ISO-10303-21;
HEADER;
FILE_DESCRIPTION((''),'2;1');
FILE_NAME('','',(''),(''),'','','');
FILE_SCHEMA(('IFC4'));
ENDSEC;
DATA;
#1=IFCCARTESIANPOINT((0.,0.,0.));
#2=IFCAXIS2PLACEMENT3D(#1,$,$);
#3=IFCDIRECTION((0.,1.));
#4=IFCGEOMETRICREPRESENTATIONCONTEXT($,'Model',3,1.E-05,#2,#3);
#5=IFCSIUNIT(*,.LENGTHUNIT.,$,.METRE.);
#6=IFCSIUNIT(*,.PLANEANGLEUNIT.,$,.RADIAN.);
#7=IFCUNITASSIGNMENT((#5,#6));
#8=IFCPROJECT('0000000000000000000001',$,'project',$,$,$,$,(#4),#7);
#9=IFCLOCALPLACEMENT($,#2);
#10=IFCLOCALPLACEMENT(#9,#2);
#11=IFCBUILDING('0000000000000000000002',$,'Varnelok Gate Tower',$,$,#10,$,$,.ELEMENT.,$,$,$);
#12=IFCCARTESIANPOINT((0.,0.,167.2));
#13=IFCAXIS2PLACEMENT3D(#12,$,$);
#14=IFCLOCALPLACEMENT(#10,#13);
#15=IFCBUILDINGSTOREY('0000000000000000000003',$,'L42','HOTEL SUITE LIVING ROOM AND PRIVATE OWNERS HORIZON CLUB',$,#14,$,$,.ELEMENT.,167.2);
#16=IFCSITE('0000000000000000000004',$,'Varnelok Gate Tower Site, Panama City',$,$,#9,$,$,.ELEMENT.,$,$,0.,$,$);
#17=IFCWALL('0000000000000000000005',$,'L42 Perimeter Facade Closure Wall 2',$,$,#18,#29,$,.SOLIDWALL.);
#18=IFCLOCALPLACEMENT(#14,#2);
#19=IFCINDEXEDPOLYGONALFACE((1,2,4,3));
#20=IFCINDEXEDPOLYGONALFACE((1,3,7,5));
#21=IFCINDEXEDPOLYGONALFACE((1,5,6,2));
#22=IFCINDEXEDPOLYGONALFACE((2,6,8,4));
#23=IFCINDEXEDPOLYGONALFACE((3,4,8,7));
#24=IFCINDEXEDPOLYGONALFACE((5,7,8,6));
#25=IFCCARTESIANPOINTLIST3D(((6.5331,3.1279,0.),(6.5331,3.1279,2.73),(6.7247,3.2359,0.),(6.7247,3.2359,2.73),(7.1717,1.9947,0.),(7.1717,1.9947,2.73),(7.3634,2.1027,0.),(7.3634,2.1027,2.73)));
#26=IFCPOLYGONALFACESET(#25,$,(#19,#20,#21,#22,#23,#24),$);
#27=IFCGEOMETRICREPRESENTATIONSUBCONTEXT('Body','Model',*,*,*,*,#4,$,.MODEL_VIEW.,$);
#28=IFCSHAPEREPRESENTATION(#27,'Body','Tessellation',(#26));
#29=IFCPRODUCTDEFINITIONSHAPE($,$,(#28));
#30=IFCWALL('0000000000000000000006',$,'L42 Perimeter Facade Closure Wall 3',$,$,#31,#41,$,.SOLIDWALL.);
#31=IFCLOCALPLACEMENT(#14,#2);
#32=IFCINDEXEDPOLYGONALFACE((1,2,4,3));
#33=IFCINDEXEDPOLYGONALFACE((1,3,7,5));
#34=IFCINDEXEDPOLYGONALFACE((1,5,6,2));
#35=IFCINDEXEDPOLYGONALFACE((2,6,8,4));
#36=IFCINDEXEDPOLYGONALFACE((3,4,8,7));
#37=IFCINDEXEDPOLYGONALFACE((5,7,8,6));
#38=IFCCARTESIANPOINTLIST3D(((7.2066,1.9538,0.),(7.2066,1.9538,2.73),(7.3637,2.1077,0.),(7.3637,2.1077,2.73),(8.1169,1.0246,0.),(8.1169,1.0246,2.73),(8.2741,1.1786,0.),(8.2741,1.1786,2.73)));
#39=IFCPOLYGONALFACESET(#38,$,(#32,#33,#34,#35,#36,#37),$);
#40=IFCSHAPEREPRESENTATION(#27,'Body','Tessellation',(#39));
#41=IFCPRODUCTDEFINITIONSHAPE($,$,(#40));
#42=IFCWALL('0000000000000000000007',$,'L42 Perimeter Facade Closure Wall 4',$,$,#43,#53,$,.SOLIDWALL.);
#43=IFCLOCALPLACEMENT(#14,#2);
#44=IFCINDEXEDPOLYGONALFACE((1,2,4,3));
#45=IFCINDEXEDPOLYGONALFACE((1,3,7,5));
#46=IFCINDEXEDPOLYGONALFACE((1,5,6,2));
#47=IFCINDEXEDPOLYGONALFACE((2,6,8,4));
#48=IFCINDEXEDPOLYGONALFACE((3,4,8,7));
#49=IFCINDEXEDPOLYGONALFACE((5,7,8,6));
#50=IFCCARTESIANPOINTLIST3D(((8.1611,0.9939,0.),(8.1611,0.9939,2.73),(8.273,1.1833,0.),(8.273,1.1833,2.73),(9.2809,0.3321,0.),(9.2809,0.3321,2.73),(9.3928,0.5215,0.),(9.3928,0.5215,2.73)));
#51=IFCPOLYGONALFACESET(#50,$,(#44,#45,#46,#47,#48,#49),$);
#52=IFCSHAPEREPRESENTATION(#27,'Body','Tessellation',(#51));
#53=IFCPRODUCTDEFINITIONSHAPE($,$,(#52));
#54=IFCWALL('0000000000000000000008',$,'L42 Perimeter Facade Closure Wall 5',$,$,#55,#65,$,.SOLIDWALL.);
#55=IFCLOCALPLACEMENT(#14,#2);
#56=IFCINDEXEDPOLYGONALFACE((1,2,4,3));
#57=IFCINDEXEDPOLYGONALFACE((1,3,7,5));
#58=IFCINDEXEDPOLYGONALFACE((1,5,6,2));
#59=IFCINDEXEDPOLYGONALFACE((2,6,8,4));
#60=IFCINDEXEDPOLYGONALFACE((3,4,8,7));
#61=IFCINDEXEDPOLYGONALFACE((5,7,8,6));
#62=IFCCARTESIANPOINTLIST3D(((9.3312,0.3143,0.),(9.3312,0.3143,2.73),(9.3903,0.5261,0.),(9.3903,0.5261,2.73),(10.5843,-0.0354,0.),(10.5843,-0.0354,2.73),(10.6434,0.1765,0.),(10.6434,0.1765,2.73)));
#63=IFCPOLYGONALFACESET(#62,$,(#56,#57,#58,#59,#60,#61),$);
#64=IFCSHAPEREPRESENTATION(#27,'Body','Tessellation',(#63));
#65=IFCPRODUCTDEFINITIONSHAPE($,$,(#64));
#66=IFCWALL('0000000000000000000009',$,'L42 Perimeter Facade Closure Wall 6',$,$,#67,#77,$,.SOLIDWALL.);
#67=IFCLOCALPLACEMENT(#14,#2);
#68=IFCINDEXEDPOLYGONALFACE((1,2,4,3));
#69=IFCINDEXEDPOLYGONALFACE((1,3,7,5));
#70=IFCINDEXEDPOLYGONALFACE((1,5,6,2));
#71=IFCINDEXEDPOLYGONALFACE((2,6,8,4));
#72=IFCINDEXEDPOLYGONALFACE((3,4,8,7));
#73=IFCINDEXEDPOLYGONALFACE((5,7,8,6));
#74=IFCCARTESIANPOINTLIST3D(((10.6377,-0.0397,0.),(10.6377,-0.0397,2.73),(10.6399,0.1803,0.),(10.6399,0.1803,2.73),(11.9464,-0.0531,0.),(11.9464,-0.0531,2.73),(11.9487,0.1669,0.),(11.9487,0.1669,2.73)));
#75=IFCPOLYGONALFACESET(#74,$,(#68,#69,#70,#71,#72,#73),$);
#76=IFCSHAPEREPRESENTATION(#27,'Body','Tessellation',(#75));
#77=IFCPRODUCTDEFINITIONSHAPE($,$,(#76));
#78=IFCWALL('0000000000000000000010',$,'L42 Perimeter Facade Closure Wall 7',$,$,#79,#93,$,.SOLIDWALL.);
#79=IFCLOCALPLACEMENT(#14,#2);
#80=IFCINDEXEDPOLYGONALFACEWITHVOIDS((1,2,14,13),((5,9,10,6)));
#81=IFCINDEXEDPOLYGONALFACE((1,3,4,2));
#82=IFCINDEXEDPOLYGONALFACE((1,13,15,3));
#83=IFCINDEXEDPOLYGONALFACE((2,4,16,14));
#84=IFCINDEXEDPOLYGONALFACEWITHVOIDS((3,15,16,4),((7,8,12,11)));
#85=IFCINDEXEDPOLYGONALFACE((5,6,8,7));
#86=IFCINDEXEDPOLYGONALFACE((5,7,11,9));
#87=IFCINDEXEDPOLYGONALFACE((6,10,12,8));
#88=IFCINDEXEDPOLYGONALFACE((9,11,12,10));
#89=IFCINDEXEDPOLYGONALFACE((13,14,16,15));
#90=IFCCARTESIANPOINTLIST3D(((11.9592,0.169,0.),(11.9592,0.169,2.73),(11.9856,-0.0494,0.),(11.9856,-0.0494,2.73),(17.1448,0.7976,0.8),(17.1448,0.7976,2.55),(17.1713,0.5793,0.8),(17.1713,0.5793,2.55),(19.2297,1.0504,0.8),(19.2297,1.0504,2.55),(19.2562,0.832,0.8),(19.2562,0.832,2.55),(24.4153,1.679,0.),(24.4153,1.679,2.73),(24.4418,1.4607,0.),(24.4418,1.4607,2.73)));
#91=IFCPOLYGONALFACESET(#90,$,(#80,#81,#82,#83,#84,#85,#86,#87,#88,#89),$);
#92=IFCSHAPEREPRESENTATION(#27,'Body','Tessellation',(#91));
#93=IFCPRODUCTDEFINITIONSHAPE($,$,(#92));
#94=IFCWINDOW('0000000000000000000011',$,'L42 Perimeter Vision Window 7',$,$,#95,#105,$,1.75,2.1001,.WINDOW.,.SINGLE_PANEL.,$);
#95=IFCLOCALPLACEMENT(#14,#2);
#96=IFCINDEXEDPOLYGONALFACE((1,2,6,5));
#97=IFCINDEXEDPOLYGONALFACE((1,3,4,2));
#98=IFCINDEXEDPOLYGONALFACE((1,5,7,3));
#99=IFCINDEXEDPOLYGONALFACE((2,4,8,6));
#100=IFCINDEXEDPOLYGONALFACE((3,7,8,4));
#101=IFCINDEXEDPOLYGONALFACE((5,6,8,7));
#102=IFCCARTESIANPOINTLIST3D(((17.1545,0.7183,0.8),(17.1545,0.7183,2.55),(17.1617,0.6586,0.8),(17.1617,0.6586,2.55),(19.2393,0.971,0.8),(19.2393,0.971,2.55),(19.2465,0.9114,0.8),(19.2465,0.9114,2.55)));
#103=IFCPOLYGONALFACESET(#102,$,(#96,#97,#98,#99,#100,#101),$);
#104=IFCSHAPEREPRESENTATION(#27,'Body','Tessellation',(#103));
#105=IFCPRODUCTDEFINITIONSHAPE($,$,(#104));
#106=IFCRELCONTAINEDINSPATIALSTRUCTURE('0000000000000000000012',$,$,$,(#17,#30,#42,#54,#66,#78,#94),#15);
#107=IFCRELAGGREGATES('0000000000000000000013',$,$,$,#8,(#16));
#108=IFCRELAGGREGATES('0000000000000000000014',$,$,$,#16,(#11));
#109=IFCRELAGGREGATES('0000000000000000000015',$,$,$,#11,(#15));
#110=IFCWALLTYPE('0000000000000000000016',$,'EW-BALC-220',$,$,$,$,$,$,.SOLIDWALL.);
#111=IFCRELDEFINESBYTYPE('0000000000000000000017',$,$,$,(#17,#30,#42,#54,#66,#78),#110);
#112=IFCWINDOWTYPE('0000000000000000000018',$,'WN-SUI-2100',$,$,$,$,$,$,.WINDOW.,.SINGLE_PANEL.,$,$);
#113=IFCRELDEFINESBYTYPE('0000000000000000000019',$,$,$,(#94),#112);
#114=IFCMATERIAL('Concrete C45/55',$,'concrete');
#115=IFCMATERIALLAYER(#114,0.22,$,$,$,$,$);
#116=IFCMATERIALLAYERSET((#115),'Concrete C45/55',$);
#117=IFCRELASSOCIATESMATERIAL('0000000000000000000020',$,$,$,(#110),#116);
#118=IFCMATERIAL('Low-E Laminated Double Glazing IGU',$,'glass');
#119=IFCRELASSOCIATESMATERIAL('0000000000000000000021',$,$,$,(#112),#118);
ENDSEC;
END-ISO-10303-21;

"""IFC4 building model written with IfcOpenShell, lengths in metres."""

from ifc_helpers import new_model, si_unit, direction, frame, frame_2d, origin, place, context, subcontext, project, spatial, rectangle, extrude, material, layer, layer_set, type_object, element, fill, save


model = new_model("IFC4")

# Units and contexts
model_context = context("Model", 3, precision=1e-05, world=origin(), true_north=direction((0.0, 1.0)))
body_context = subcontext(model_context, "Body", "Model", "MODEL_VIEW")
ifc_project = project(units=[si_unit("LENGTHUNIT", "METRE"), si_unit("PLANEANGLEUNIT", "RADIAN")], contexts=[model_context])

# Site, building, storey
site_placement = place(None, origin())
site = spatial("IfcSite", under=ifc_project, at=site_placement, Name="Varnelok Gate Tower Site, Panama City", CompositionType="ELEMENT", RefElevation=0.0)
building_placement = place(site_placement, origin())
building = spatial("IfcBuilding", under=site, at=building_placement, Name="Varnelok Gate Tower", CompositionType="ELEMENT")
storey_placement = place(building_placement, frame((0.0, 0.0, 167.2)))
storey = spatial("IfcBuildingStorey", under=building, at=storey_placement, Name="L42", Description="HOTEL SUITE LIVING ROOM AND PRIVATE OWNERS HORIZON CLUB", CompositionType="ELEMENT", Elevation=167.2)

# Shared definitions
ifc_material_1 = material(Name="Concrete C45/55", Category="concrete")

# Shared definitions
ifc_material_2 = material(Name="Low-E Laminated Double Glazing IGU", Category="glass")

# Walls
ifc_layer_1 = layer(ifc_material_1, 0.22)
ifc_layer_set_1 = layer_set([ifc_layer_1], Name="Concrete C45/55")
wall_type = type_object("IfcWallType", Name="EW-BALC-220", PredefinedType="SOLIDWALL", material=ifc_layer_set_1)
for number, where, z_axis, x_axis, name in (
    (1, (6.6289, 3.1819, 0.0), (0.0, 0.0, 1.0), (0.490956, -0.871184, 0.0), "L42 Perimeter Facade Closure Wall 2"),
    (2, (7.2852, 2.0308, 0.0), (0.0, 0.0, 1.0), (0.699844, -0.714295, 0.0), "L42 Perimeter Facade Closure Wall 3"),
    (3, (8.217, 1.0886, 0.0), (0.0, 0.0, 1.0), (0.860885, -0.508799, 0.0), "L42 Perimeter Facade Closure Wall 4"),
):
    element("IfcWall", number, at=place(storey_placement, frame(where, z_axis=z_axis, x_axis=x_axis)), inside=storey, type_object=wall_type, Name=name, PredefinedType="SOLIDWALL", context=body_context, shape_type="SweptSolid", body=[
        extrude(rectangle(XDim=1.3008, YDim=0.22, at=frame_2d((0.6504, 0.0))), origin(), (0.0, 0.0, 1.0), 2.73),
    ])
wall_1_placement = place(storey_placement, frame((9.3608, 0.4202, 0.0), z_axis=(0.0, 0.0, 1.0), x_axis=(0.963219, -0.268718, 0.0)))
element("IfcWall", 4, at=wall_1_placement, inside=storey, type_object=wall_type, Name="L42 Perimeter Facade Closure Wall 5", PredefinedType="SOLIDWALL", context=body_context, shape_type="SweptSolid", body=[
    extrude(rectangle(XDim=1.301, YDim=0.22, at=frame_2d((0.6504, 0.0))), origin(), (0.0, 0.0, 1.0), 2.73),
])
wall_2_placement = place(storey_placement, frame((10.6389, 0.0703, 0.0), z_axis=(0.0, 0.0, 1.0), x_axis=(0.999947, -0.010259, 0.0)))
element("IfcWall", 5, at=wall_2_placement, inside=storey, type_object=wall_type, Name="L42 Perimeter Facade Closure Wall 6", PredefinedType="SOLIDWALL", context=body_context, shape_type="SweptSolid", body=[
    extrude(rectangle(XDim=1.3088, YDim=0.22, at=frame_2d((0.6543, 0.0))), origin(), (0.0, 0.0, 1.0), 2.73),
])

# Wall, opening, window
wall_3_placement = place(storey_placement, frame((11.9724, 0.0598, 0.0), z_axis=(0.0, 0.0, 1.0), x_axis=(0.992732, 0.120346, 0.0)))
wall_3 = element("IfcWall", 6, at=wall_3_placement, inside=storey, type_object=wall_type, Name="L42 Perimeter Facade Closure Wall 7", PredefinedType="SOLIDWALL", context=body_context, shape_type="SweptSolid", body=[
    extrude(rectangle(XDim=12.5474, YDim=0.22, at=frame_2d((6.2737, 0.0))), origin(), (0.0, 0.0, 1.0), 2.73),
])
opening_placement = place(wall_3_placement, frame((5.2236, 0.0, 0.8)))
opening = element("IfcOpeningElement", 7, at=opening_placement, cuts=wall_3, PredefinedType="OPENING", context=body_context, shape_type="SweptSolid", body=[
    extrude(rectangle(XDim=2.1001, YDim=1.75, at=frame_2d((1.05, 0.875))), frame((0.0, 0.1199, 0.0), z_axis=(0.0, -1.0, 0.0), x_axis=(1.0, 0.0, 0.0)), (0.0, 0.0, 1.0), 0.24),
])
window_type = type_object("IfcWindowType", Name="WN-SUI-2100", PartitioningType="SINGLE_PANEL", PredefinedType="WINDOW", material=ifc_material_2)
window_placement = place(opening_placement, origin())
window = element("IfcWindow", 8, at=window_placement, inside=storey, type_object=window_type, Name="L42 Perimeter Vision Window 7", OverallHeight=1.75, OverallWidth=2.1001, PartitioningType="SINGLE_PANEL", PredefinedType="WINDOW", context=body_context, shape_type="SweptSolid", body=[
    extrude(rectangle(XDim=2.1001, YDim=1.75, at=frame_2d((1.05, 0.875))), frame((0.0, 0.03, 0.0), z_axis=(0.0, -1.0, 0.0), x_axis=(1.0, 0.0, 0.0)), (0.0, 0.0, 1.0), 0.0601),
])
fill(opening, window)

save(model, "model.ifc")
